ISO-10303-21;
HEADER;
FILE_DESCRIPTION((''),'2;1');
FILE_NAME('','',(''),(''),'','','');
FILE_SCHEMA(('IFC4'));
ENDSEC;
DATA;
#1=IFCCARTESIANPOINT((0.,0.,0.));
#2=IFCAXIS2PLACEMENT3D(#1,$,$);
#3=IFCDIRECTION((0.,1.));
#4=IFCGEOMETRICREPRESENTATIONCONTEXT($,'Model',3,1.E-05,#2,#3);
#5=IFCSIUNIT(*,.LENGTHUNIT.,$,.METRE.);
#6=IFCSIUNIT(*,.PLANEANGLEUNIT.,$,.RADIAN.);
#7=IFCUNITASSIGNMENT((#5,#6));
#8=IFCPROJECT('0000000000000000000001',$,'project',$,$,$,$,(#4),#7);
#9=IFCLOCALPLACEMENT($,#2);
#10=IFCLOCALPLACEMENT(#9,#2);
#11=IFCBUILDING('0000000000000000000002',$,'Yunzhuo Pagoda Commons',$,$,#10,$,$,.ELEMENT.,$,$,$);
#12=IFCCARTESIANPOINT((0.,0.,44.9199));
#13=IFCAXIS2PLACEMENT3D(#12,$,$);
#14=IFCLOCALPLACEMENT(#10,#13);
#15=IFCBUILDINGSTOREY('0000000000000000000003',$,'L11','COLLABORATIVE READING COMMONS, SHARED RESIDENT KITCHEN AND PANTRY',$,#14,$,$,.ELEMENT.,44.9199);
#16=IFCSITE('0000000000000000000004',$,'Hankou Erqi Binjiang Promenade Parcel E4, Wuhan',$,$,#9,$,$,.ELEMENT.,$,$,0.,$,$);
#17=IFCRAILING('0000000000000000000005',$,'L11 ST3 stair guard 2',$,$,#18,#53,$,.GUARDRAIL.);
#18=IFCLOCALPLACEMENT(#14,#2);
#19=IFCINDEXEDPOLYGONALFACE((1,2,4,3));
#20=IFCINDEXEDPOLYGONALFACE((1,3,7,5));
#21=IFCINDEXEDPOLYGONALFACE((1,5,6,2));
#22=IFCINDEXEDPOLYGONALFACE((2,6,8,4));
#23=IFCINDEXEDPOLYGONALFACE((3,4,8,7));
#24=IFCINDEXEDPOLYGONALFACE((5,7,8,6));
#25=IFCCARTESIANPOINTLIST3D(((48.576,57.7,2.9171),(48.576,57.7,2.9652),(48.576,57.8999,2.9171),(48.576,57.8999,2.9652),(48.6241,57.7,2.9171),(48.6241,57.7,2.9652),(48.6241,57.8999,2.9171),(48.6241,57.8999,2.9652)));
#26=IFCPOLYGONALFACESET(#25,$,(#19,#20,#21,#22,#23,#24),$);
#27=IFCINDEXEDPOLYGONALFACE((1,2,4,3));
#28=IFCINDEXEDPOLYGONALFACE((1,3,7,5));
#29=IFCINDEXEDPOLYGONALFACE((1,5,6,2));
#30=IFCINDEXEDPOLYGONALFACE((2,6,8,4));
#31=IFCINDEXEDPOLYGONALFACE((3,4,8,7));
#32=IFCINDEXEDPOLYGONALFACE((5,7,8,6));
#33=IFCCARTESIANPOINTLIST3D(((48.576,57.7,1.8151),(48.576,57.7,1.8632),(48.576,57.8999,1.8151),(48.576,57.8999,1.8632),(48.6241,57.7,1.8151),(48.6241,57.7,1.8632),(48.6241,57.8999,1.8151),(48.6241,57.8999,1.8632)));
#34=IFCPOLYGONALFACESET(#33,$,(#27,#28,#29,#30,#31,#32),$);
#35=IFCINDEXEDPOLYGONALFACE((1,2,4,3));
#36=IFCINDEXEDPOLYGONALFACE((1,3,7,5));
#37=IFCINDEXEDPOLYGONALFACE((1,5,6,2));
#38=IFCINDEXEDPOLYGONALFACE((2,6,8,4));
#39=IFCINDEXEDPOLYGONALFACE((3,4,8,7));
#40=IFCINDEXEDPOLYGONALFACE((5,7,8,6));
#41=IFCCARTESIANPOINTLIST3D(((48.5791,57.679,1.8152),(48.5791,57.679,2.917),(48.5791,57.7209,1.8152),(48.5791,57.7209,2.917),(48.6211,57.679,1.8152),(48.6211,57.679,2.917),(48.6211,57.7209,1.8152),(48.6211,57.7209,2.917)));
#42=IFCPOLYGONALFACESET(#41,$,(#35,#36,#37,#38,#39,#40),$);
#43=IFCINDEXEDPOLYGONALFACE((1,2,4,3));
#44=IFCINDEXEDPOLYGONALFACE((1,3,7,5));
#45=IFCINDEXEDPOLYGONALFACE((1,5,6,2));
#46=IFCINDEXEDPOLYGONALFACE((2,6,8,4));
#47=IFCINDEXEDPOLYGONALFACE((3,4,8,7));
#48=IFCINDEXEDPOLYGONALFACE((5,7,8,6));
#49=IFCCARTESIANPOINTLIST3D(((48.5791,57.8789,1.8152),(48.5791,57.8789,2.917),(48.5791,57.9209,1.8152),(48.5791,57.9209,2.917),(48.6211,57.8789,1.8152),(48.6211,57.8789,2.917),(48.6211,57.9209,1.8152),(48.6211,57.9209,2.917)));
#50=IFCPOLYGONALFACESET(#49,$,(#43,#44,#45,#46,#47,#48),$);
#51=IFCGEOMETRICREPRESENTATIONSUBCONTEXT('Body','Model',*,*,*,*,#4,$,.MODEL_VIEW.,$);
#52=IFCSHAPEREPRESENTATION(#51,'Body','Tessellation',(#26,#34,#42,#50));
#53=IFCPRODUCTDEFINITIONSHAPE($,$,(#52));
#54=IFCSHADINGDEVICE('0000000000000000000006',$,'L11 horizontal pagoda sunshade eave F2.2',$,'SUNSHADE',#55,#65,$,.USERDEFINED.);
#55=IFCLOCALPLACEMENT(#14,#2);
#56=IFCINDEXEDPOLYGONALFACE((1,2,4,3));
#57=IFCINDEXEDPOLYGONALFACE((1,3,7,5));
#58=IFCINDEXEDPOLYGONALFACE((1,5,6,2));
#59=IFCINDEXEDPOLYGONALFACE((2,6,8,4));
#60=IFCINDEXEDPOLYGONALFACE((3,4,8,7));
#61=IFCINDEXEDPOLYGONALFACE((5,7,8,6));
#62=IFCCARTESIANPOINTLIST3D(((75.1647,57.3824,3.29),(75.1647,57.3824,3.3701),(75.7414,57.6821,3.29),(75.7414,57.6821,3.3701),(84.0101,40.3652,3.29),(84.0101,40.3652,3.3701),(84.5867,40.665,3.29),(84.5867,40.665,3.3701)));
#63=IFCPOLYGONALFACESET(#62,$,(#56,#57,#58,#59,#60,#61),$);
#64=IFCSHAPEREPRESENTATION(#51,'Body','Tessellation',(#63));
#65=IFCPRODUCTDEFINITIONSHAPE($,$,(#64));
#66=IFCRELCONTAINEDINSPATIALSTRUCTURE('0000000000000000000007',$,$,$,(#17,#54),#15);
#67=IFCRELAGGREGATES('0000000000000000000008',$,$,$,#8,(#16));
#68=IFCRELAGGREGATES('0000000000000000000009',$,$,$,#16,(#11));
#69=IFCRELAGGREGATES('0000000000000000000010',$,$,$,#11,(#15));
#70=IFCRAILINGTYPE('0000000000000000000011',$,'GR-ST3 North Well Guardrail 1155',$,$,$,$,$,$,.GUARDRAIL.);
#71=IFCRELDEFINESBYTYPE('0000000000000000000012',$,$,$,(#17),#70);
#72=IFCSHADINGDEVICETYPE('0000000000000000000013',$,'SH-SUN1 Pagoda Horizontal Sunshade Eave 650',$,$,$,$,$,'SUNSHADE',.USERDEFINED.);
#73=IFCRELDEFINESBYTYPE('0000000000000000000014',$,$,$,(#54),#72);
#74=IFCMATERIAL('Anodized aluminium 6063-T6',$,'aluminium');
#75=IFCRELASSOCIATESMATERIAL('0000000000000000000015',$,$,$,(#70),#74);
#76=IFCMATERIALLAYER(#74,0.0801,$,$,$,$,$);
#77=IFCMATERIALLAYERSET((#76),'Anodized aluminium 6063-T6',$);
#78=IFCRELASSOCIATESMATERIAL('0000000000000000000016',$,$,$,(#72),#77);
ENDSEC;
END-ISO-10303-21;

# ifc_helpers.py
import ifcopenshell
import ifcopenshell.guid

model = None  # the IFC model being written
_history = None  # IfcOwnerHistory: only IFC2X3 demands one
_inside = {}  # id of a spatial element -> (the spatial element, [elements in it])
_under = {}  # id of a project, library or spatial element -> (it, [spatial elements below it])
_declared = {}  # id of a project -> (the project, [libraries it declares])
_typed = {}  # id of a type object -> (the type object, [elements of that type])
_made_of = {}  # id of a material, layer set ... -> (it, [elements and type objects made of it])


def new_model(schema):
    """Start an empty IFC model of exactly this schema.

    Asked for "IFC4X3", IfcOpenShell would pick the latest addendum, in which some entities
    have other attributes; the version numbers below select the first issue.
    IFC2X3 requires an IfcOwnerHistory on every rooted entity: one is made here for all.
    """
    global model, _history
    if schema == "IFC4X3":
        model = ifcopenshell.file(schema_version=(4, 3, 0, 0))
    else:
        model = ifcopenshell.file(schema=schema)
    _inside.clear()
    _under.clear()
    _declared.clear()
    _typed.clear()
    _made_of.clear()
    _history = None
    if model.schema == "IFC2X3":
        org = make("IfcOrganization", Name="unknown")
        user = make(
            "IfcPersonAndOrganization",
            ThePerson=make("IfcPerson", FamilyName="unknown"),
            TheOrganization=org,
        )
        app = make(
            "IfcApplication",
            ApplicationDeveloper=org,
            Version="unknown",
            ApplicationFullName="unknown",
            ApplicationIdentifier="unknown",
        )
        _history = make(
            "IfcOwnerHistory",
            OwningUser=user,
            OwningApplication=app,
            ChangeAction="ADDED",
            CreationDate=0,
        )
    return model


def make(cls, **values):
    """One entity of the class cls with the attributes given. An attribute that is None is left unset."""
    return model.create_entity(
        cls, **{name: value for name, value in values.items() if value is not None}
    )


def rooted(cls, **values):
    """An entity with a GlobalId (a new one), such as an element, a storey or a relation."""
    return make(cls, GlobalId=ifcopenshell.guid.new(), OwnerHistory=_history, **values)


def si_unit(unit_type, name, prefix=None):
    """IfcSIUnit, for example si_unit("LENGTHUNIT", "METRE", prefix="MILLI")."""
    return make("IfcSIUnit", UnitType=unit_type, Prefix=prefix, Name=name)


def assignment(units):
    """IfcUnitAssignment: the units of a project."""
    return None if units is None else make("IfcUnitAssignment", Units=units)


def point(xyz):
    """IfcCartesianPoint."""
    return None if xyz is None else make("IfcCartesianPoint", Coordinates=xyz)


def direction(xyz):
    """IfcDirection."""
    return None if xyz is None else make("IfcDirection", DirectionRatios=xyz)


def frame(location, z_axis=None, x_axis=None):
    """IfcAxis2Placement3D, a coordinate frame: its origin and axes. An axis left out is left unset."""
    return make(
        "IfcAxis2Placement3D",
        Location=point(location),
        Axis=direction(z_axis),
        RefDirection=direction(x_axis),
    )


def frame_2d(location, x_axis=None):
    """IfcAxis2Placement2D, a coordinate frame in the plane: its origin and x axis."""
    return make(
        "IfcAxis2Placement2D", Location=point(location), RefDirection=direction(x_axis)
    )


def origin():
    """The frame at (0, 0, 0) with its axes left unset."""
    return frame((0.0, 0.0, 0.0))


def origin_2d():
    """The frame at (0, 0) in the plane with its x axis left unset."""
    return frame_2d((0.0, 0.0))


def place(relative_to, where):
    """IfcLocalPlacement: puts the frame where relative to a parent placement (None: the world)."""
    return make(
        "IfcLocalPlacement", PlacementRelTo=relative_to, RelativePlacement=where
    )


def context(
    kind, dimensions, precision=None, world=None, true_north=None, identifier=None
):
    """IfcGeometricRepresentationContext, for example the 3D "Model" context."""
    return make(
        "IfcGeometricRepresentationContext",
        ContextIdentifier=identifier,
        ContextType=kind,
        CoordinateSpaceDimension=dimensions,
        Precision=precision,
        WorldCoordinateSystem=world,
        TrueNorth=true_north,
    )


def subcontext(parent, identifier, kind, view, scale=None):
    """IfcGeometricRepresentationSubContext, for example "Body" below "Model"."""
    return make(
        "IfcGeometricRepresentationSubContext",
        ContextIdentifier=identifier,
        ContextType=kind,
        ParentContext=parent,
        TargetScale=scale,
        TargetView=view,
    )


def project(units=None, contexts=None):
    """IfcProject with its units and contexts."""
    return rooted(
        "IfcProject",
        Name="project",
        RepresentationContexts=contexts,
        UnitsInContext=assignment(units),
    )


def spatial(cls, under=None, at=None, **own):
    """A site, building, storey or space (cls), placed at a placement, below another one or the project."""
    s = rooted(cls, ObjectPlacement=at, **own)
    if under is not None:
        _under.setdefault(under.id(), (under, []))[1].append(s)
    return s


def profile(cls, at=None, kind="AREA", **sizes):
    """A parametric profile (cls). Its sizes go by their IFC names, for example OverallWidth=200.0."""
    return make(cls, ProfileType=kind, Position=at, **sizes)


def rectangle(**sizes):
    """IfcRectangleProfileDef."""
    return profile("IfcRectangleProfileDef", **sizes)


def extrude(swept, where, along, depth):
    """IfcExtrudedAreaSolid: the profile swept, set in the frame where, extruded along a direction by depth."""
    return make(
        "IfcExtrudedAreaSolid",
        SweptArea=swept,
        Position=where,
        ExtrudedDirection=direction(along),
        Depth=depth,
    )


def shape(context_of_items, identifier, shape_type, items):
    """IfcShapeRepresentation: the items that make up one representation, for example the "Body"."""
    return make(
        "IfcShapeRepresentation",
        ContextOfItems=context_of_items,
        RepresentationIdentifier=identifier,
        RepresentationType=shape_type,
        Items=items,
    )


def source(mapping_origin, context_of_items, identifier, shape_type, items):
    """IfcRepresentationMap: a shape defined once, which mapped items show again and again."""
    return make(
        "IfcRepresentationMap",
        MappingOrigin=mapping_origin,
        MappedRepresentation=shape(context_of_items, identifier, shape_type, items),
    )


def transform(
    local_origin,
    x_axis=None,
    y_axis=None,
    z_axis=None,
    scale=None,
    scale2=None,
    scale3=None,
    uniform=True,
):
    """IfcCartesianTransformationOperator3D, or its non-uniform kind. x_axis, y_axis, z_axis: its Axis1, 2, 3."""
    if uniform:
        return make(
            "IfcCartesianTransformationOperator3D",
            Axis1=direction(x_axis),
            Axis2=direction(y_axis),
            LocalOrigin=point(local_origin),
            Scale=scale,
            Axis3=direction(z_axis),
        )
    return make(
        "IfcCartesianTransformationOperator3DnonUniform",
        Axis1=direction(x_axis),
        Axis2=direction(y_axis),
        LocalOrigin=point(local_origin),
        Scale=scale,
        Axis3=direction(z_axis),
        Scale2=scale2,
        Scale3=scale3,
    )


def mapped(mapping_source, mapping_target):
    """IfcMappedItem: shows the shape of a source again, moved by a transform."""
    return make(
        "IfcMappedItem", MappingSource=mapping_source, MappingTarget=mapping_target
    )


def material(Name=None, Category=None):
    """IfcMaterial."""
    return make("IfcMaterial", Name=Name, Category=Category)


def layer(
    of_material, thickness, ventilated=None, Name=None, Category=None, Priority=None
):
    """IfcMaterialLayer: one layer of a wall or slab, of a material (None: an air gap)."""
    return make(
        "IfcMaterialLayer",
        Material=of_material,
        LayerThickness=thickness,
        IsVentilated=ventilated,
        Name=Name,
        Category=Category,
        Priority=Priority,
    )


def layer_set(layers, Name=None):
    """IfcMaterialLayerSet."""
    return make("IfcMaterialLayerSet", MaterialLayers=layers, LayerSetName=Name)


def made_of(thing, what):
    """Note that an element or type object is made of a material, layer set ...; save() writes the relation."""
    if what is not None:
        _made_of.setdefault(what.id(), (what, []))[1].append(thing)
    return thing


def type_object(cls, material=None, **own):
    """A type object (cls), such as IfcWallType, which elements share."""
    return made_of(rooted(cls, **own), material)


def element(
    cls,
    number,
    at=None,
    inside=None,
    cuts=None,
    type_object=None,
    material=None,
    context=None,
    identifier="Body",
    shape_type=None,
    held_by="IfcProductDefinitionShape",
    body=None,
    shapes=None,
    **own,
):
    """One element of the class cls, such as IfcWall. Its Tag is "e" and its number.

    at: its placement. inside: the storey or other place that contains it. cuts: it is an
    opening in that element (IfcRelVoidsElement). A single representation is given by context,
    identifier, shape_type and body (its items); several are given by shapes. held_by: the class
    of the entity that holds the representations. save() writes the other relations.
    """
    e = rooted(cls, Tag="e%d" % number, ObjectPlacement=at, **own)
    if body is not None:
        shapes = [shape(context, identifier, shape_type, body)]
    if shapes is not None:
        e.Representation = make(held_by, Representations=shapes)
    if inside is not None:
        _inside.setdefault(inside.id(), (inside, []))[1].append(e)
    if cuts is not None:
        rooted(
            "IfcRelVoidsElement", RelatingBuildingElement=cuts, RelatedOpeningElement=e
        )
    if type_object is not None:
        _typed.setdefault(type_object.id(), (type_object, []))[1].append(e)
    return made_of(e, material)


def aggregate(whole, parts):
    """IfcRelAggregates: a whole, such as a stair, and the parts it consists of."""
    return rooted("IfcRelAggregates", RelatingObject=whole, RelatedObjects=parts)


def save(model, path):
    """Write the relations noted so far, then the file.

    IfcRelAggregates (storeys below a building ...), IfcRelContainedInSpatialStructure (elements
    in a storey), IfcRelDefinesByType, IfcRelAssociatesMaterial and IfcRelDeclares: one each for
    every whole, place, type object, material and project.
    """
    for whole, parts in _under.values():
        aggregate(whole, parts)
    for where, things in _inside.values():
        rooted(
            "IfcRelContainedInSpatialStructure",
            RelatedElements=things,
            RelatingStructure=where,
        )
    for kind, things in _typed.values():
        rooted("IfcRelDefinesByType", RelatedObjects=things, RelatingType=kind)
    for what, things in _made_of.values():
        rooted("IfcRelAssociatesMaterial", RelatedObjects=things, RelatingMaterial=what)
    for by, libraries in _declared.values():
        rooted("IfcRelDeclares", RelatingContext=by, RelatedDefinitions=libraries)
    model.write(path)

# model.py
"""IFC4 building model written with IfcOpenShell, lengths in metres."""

from ifc_helpers import new_model, si_unit, direction, frame, origin, origin_2d, place, context, subcontext, project, spatial, rectangle, extrude, source, transform, mapped, material, layer, layer_set, type_object, element, save


model = new_model("IFC4")

# Units and contexts
model_context = context("Model", 3, precision=1e-05, world=origin(), true_north=direction((0.0, 1.0)))
body_context = subcontext(model_context, "Body", "Model", "MODEL_VIEW")
ifc_project = project(units=[si_unit("LENGTHUNIT", "METRE"), si_unit("PLANEANGLEUNIT", "RADIAN")], contexts=[model_context])

# Site, building, storey
site_placement = place(None, origin())
site = spatial("IfcSite", under=ifc_project, at=site_placement, Name="Hankou Erqi Binjiang Promenade Parcel E4, Wuhan", CompositionType="ELEMENT", RefElevation=0.0)
building_placement = place(site_placement, origin())
building = spatial("IfcBuilding", under=site, at=building_placement, Name="Yunzhuo Pagoda Commons", CompositionType="ELEMENT")
storey_placement = place(building_placement, frame((0.0, 0.0, 44.9199)))
storey = spatial("IfcBuildingStorey", under=building, at=storey_placement, Name="L11", Description="COLLABORATIVE READING COMMONS, SHARED RESIDENT KITCHEN AND PANTRY", CompositionType="ELEMENT", Elevation=44.9199)

# Shared definitions
ifc_material_1 = material(Name="Anodized aluminium 6063-T6", Category="aluminium")

# Railing
railing_type = type_object("IfcRailingType", Name="GR-ST3 North Well Guardrail 1155", PredefinedType="GUARDRAIL", material=ifc_material_1)
railing_placement = place(storey_placement, frame((48.6001, 57.7, 1.8152)))
element("IfcRailing", 1, at=railing_placement, inside=storey, type_object=railing_type, Name="L11 ST3 stair guard 2", PredefinedType="GUARDRAIL", context=body_context, shape_type="SweptSolid", body=[
    extrude(rectangle(XDim=0.0481, YDim=0.0481, at=origin_2d()), frame((0.0, 0.0, 1.126), z_axis=(0.0, 1.0, 0.0), x_axis=(-1.0, 0.0, 0.0)), (0.0, 0.0, 1.0), 0.2),
    extrude(rectangle(XDim=0.0481, YDim=0.0481, at=origin_2d()), frame((0.0, 0.0, 0.0239), z_axis=(0.0, 1.0, 0.0), x_axis=(-1.0, 0.0, 0.0)), (0.0, 0.0, 1.0), 0.2),
    extrude(rectangle(XDim=0.042, YDim=0.042, at=origin_2d()), origin(), (0.0, 0.0, 1.0), 1.1018),
    extrude(rectangle(XDim=0.042, YDim=0.042, at=origin_2d()), frame((0.0, 0.2, 0.0)), (0.0, 0.0, 1.0), 1.1018),
])

# Shading device
ifc_layer_1 = layer(ifc_material_1, 0.0801)
ifc_layer_set_1 = layer_set([ifc_layer_1], Name="Anodized aluminium 6063-T6")
shading_device_type = type_object("IfcShadingDeviceType", Name="SH-SUN1 Pagoda Horizontal Sunshade Eave 650", ElementType="SUNSHADE", PredefinedType="USERDEFINED", material=ifc_layer_set_1)
shared_shape_1 = source(origin(), body_context, "Body", "SweptSolid", [
    extrude(rectangle(XDim=19.1787, YDim=0.6499, at=origin_2d()), origin(), (0.0, 0.0, 1.0), 0.0801),
])
shading_device_placement = place(storey_placement, frame((79.8757, 49.0237, 3.29), z_axis=(0.0, 0.0, 1.0), x_axis=(-0.461207, 0.887293, 0.0)))
element("IfcShadingDevice", 2, at=shading_device_placement, inside=storey, type_object=shading_device_type, Name="L11 horizontal pagoda sunshade eave F2.2", ObjectType="SUNSHADE", PredefinedType="USERDEFINED", context=body_context, shape_type="MappedRepresentation", body=[
    mapped(shared_shape_1, transform((0.0, 0.0, 0.0), scale=1.0)),
])

save(model, "model.ifc")
